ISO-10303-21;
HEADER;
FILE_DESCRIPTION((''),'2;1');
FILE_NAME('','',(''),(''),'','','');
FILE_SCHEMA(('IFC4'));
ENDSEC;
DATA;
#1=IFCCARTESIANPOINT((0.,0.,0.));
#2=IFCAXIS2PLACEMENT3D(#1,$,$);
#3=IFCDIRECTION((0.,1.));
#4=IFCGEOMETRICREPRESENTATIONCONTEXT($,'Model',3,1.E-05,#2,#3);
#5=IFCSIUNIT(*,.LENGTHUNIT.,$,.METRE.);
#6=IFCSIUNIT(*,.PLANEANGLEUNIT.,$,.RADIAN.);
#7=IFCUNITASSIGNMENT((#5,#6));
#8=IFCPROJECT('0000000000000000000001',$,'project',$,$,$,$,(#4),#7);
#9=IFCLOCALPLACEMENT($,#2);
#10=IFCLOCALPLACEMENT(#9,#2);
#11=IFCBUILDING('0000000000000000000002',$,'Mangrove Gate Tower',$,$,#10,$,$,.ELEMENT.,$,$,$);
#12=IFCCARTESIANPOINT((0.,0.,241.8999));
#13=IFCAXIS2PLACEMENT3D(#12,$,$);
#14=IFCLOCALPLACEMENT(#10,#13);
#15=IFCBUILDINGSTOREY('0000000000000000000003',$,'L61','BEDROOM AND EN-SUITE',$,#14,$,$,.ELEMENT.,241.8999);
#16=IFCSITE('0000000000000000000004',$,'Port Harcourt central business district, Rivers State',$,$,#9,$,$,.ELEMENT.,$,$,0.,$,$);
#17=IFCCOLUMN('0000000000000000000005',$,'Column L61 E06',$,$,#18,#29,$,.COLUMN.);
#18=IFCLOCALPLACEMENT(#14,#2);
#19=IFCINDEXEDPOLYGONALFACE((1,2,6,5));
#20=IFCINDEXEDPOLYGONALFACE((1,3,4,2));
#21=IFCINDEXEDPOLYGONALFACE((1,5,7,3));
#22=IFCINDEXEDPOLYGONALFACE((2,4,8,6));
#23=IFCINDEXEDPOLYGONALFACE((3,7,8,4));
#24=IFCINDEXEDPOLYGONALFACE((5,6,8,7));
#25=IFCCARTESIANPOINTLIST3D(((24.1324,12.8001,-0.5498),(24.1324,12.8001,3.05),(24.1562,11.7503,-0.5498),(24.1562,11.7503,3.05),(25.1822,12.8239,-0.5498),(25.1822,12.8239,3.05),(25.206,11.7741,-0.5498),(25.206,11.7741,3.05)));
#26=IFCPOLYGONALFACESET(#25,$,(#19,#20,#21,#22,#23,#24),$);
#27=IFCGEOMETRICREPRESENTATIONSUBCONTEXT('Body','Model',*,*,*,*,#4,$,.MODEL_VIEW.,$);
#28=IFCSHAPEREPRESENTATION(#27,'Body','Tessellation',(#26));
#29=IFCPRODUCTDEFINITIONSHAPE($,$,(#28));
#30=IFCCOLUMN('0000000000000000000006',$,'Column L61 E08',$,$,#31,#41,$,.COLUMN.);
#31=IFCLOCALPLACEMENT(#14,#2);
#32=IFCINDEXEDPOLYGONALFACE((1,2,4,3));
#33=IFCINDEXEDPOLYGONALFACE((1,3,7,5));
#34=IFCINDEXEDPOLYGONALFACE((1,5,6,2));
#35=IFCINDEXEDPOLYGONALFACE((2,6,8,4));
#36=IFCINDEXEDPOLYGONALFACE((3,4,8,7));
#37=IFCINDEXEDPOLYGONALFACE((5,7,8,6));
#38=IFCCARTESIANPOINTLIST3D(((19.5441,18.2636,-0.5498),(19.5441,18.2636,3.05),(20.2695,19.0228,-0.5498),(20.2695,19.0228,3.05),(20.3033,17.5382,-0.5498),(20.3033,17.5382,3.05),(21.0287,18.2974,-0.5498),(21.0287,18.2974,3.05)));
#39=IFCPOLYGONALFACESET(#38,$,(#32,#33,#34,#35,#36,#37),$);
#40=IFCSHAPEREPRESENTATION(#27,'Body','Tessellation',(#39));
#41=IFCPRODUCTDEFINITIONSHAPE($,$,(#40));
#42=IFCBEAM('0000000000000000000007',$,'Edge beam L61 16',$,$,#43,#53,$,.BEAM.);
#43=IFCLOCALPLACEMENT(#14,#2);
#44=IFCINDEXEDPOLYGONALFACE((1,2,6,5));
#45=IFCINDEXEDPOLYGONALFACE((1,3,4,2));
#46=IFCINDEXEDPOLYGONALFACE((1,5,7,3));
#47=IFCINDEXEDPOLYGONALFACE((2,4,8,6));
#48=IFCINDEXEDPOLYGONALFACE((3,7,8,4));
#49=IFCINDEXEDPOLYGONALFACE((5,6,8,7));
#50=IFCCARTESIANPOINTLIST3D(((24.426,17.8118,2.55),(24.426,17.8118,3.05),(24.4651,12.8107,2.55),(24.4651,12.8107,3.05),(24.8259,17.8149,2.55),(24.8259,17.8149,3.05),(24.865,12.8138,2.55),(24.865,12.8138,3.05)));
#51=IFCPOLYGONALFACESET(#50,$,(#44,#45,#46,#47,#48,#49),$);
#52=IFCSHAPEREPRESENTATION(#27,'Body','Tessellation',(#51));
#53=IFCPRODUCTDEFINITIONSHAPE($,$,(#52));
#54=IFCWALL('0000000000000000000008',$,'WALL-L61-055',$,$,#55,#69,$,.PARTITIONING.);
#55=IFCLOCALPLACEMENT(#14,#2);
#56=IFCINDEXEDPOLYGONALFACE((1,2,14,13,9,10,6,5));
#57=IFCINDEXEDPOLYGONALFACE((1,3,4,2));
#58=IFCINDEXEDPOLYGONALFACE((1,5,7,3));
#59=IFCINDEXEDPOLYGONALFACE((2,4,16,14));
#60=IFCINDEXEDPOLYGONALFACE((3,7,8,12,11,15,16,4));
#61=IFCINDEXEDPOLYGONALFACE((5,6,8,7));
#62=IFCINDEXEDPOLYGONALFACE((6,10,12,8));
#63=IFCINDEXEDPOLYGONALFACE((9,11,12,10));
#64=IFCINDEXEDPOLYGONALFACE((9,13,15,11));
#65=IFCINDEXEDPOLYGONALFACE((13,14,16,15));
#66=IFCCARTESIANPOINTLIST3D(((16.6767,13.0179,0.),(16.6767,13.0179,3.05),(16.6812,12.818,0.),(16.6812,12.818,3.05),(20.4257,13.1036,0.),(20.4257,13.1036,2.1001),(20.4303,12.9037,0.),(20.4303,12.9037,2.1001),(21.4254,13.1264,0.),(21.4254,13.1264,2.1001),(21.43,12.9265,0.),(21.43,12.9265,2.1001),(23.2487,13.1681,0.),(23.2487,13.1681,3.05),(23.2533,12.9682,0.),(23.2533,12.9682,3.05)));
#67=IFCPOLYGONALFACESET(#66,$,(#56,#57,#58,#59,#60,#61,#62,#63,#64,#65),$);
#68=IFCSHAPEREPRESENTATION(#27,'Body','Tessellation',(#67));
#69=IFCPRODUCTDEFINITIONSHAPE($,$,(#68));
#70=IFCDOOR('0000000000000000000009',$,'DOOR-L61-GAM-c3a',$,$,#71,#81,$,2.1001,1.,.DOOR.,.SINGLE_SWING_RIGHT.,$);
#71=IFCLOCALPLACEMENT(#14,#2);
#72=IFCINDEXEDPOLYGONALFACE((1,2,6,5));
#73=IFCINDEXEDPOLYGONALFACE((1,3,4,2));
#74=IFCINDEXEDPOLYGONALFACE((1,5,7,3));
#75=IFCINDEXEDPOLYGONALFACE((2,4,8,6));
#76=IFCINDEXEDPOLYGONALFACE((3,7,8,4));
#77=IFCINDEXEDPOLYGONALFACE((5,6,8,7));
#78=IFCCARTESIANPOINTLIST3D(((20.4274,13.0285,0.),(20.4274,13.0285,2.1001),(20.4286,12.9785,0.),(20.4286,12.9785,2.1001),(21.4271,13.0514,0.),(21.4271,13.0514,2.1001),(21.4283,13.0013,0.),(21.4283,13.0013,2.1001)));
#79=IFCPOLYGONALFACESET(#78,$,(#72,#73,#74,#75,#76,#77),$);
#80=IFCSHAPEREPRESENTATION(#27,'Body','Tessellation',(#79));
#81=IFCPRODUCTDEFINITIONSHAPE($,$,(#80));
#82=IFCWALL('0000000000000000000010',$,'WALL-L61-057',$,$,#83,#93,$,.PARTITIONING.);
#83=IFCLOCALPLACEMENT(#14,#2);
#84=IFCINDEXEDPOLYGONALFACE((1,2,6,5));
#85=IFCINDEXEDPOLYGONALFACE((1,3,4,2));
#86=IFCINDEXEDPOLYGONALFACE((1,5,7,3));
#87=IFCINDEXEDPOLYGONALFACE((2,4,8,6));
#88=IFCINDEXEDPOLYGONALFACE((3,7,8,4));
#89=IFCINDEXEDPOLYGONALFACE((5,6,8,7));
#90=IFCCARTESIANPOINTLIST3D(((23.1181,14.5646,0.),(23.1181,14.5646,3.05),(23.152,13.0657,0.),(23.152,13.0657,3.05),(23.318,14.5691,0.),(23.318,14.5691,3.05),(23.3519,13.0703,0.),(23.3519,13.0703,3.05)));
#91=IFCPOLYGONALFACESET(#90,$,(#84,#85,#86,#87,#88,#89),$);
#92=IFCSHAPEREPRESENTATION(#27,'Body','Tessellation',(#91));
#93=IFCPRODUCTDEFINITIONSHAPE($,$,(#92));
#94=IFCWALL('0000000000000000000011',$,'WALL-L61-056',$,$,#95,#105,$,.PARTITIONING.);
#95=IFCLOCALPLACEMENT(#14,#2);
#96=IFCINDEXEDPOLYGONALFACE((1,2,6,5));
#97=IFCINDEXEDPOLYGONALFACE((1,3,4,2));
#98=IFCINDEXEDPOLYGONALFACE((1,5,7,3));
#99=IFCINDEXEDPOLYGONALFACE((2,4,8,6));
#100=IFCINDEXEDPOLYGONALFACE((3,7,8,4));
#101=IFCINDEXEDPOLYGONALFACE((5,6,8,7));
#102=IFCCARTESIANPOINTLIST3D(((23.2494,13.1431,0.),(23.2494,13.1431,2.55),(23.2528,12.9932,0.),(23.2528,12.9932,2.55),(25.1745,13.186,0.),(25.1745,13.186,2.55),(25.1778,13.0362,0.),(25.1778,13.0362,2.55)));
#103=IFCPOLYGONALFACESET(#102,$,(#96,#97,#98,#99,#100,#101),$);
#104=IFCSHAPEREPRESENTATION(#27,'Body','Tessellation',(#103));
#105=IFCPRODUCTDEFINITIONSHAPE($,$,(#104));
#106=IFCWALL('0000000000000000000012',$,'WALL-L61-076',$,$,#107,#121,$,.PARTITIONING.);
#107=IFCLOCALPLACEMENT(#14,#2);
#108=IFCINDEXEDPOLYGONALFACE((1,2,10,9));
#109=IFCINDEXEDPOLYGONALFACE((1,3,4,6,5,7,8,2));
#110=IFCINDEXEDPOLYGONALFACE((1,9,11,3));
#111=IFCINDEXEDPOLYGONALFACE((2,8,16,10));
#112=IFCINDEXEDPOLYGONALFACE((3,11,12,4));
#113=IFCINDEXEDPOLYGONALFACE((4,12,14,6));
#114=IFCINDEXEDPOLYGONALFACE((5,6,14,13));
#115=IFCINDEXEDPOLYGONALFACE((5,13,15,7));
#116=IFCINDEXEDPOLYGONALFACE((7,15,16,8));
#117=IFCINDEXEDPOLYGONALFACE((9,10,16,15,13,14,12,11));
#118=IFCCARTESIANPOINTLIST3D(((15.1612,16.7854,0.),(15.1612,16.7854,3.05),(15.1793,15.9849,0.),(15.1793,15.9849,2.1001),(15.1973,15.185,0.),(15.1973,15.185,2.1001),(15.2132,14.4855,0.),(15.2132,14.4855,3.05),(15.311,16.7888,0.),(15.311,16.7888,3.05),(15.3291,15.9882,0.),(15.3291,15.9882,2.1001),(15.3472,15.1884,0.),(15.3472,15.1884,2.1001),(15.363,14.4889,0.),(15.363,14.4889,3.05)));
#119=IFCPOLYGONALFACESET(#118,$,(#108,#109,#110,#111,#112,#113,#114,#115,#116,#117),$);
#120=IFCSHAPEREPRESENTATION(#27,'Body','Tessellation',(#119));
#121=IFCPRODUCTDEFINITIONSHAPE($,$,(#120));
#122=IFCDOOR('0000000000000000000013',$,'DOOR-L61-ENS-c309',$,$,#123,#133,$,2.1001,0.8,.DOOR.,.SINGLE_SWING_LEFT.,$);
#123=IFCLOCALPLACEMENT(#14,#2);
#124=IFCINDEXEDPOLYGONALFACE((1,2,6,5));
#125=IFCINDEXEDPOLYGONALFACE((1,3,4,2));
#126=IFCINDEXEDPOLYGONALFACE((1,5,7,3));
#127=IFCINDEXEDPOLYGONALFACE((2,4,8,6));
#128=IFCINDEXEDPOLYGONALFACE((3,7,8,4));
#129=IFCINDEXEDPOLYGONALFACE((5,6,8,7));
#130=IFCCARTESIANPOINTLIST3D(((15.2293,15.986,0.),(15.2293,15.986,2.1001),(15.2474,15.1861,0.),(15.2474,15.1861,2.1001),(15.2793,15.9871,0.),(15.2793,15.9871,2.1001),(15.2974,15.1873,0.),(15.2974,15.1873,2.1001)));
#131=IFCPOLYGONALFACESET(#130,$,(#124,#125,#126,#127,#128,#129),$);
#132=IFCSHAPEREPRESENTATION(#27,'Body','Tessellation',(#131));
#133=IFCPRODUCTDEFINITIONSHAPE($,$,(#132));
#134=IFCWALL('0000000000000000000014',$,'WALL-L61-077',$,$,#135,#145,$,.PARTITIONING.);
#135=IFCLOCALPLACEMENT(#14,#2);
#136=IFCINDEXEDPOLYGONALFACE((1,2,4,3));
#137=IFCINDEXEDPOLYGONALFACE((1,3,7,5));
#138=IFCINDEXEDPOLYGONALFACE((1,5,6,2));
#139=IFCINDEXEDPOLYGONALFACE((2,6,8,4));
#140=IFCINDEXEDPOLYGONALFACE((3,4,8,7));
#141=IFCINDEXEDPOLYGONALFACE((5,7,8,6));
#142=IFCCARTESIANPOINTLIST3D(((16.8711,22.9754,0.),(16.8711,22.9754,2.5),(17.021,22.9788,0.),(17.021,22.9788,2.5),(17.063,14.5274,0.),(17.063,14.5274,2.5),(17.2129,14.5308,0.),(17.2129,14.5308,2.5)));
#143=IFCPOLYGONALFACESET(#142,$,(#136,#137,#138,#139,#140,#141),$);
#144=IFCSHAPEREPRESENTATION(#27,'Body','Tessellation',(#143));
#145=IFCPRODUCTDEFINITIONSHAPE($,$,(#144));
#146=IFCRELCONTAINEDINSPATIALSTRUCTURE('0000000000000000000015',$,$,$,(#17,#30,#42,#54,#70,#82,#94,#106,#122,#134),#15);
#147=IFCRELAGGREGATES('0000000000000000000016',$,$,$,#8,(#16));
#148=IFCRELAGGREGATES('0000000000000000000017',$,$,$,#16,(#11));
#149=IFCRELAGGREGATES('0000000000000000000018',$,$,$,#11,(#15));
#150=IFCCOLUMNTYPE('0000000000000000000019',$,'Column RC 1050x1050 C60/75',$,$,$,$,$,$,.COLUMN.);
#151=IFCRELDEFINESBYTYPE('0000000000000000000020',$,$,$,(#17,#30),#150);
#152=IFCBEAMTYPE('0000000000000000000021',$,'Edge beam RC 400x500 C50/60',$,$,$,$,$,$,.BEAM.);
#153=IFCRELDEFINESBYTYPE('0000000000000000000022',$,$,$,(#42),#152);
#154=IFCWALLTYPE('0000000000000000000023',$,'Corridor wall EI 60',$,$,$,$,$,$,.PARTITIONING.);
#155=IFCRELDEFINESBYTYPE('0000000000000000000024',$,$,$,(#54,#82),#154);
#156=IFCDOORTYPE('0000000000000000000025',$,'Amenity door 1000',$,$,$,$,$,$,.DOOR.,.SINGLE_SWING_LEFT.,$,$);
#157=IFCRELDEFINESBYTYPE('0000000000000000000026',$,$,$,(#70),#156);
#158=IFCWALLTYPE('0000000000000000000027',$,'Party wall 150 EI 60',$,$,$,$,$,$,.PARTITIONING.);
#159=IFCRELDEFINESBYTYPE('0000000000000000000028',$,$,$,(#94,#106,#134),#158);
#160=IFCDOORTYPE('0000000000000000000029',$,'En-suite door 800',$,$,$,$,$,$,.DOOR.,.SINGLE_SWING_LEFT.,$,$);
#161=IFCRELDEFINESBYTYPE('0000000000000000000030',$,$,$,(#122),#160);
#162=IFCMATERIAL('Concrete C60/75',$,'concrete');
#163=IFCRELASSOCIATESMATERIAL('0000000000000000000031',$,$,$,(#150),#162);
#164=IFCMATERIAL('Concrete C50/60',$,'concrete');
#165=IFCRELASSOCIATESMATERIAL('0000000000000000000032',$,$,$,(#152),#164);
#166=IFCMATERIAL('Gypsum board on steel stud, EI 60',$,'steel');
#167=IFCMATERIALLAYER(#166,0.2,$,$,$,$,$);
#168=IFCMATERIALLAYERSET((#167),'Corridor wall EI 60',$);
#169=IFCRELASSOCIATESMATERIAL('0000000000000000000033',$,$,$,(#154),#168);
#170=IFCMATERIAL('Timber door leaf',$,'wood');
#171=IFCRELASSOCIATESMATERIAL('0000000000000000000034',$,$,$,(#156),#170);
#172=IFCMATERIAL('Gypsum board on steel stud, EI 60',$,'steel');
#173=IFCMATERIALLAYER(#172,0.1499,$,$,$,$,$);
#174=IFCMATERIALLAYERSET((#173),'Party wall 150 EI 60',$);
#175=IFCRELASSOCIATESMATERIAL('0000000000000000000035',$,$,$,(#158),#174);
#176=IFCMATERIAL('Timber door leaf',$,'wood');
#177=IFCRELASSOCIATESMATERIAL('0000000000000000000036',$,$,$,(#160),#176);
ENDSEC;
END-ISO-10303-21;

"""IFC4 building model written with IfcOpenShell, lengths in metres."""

from ifc_helpers import new_model, si_unit, direction, frame, frame_2d, origin, origin_2d, place, context, subcontext, project, spatial, rectangle, extrude, material, layer, layer_set, material_profile, profile_set, type_object, element, fill, save


model = new_model("IFC4")

# Units and contexts
model_context = context("Model", 3, precision=1e-05, world=origin(), true_north=direction((0.0, 1.0)))
body_context = subcontext(model_context, "Body", "Model", "MODEL_VIEW")
ifc_project = project(units=[si_unit("LENGTHUNIT", "METRE"), si_unit("PLANEANGLEUNIT", "RADIAN")], contexts=[model_context])

# Site, building, storey
site_placement = place(None, origin())
site = spatial("IfcSite", under=ifc_project, at=site_placement, Name="Port Harcourt central business district, Rivers State", CompositionType="ELEMENT", RefElevation=0.0)
building_placement = place(site_placement, origin())
building = spatial("IfcBuilding", under=site, at=building_placement, Name="Mangrove Gate Tower", CompositionType="ELEMENT")
storey_placement = place(building_placement, frame((0.0, 0.0, 241.8999)))
storey = spatial("IfcBuildingStorey", under=building, at=storey_placement, Name="L61", Description="BEDROOM AND EN-SUITE", CompositionType="ELEMENT", Elevation=241.8999)

# Columns
ifc_material_1 = material(Name="Concrete C60/75", Category="concrete")
ifc_material_profile_1 = material_profile(ifc_material_1, rectangle(XDim=1.05, YDim=1.05, at=origin_2d()))
ifc_profile_set_1 = profile_set([ifc_material_profile_1], Name="Concrete C60/75")
column_type = type_object("IfcColumnType", Name="Column RC 1050x1050 C60/75", PredefinedType="COLUMN", material=ifc_profile_set_1)
for number, where, z_axis, x_axis, name in (
    (1, (24.6692, 12.2871, -0.5498), (0.0, 0.0, 1.0), (-0.022669, 0.999743, 0.0), "Column L61 E06"),
    (2, (20.2864, 18.2805, -0.5498), (0.0, 0.0, 1.0), (-0.722994, 0.690854, 0.0), "Column L61 E08"),
):
    element("IfcColumn", number, at=place(storey_placement, frame(where, z_axis=z_axis, x_axis=x_axis)), inside=storey, type_object=column_type, Name=name, PredefinedType="COLUMN", context=body_context, shape_type="SweptSolid", body=[
        extrude(rectangle(XDim=1.05, YDim=1.05, at=origin_2d()), origin(), (0.0, 0.0, 1.0), 3.5999),
    ])

# Beam
ifc_material_2 = material(Name="Concrete C50/60", Category="concrete")
ifc_material_profile_2 = material_profile(ifc_material_2, rectangle(XDim=0.3999, YDim=0.5, at=origin_2d()))
ifc_profile_set_2 = profile_set([ifc_material_profile_2], Name="Concrete C50/60")
beam_type = type_object("IfcBeamType", Name="Edge beam RC 400x500 C50/60", PredefinedType="BEAM", material=ifc_profile_set_2)
beam_placement = place(storey_placement, frame((24.665, 12.8123, 2.8), z_axis=(-0.007811, 0.999969, 0.0), x_axis=(-0.999969, -0.007811, 0.0)))
element("IfcBeam", 3, at=beam_placement, inside=storey, type_object=beam_type, Name="Edge beam L61 16", PredefinedType="BEAM", context=body_context, shape_type="SweptSolid", body=[
    extrude(rectangle(XDim=0.3999, YDim=0.5, at=origin_2d()), origin(), (0.0, 0.0, 1.0), 5.0012),
])

# Wall, opening, door
ifc_material_3 = material(Name="Gypsum board on steel stud, EI 60", Category="steel")
ifc_layer_1 = layer(ifc_material_3, 0.2)
ifc_layer_set_1 = layer_set([ifc_layer_1], Name="Corridor wall EI 60")
wall_type_1 = type_object("IfcWallType", Name="Corridor wall EI 60", PredefinedType="PARTITIONING", material=ifc_layer_set_1)
wall_1_placement = place(storey_placement, frame((16.679, 12.918, 0.0), z_axis=(0.0, 0.0, 1.0), x_axis=(0.999739, 0.02284, 0.0)))
wall_1 = element("IfcWall", 4, at=wall_1_placement, inside=storey, type_object=wall_type_1, Name="WALL-L61-055", PredefinedType="PARTITIONING", context=body_context, shape_type="SweptSolid", body=[
    extrude(rectangle(XDim=6.5737, YDim=0.2, at=frame_2d((3.2869, 0.0))), origin(), (0.0, 0.0, 1.0), 3.05),
])
opening_1_placement = place(wall_1_placement, frame((3.75, 0.0, 0.0)))
opening_1 = element("IfcOpeningElement", 5, at=opening_1_placement, cuts=wall_1, PredefinedType="OPENING", context=body_context, shape_type="SweptSolid", body=[
    extrude(rectangle(XDim=1.0, YDim=2.1001, at=frame_2d((0.5, 1.05))), frame((0.0, 0.1099, 0.0), z_axis=(0.0, -1.0, 0.0), x_axis=(1.0, 0.0, 0.0)), (0.0, 0.0, 1.0), 0.22),
])
ifc_material_4 = material(Name="Timber door leaf", Category="wood")
door_type_1 = type_object("IfcDoorType", Name="Amenity door 1000", OperationType="SINGLE_SWING_LEFT", PredefinedType="DOOR", material=ifc_material_4)
door_1_placement = place(opening_1_placement, origin())
door_1 = element("IfcDoor", 6, at=door_1_placement, inside=storey, type_object=door_type_1, Name="DOOR-L61-GAM-c3a", OperationType="SINGLE_SWING_RIGHT", OverallHeight=2.1001, OverallWidth=1.0, PredefinedType="DOOR", context=body_context, shape_type="SweptSolid", body=[
    extrude(rectangle(XDim=1.0, YDim=2.1001, at=frame_2d((0.5, 1.05))), frame((0.0, 0.0249, 0.0), z_axis=(0.0, -1.0, 0.0), x_axis=(1.0, 0.0, 0.0)), (0.0, 0.0, 1.0), 0.05),
])
fill(opening_1, door_1)

# Walls
wall_2_placement = place(storey_placement, frame((23.252, 13.0681, 0.0), z_axis=(0.0, 0.0, 1.0), x_axis=(-0.022636, 0.999744, 0.0)))
element("IfcWall", 7, at=wall_2_placement, inside=storey, type_object=wall_type_1, Name="WALL-L61-057", PredefinedType="PARTITIONING", context=body_context, shape_type="SweptSolid", body=[
    extrude(rectangle(XDim=1.4993, YDim=0.2, at=frame_2d((0.7495, 0.0))), origin(), (0.0, 0.0, 1.0), 3.05),
])
ifc_material_5 = material(Name="Gypsum board on steel stud, EI 60", Category="steel")
ifc_layer_2 = layer(ifc_material_5, 0.1499)
ifc_layer_set_2 = layer_set([ifc_layer_2], Name="Party wall 150 EI 60")
wall_type_2 = type_object("IfcWallType", Name="Party wall 150 EI 60", PredefinedType="PARTITIONING", material=ifc_layer_set_2)
wall_3_placement = place(storey_placement, frame((23.251, 13.0681, 0.0), z_axis=(0.0, 0.0, 1.0), x_axis=(0.999751, 0.022315, 0.0)))
element("IfcWall", 8, at=wall_3_placement, inside=storey, type_object=wall_type_2, Name="WALL-L61-056", PredefinedType="PARTITIONING", context=body_context, shape_type="SweptSolid", body=[
    extrude(rectangle(XDim=1.9255, YDim=0.1499, at=frame_2d((0.9629, 0.0))), origin(), (0.0, 0.0, 1.0), 2.55),
])

# Wall, opening, door
wall_4_placement = place(storey_placement, frame((15.2881, 14.4871, 0.0), z_axis=(0.0, 0.0, 1.0), x_axis=(-0.022603, 0.999745, 0.0)))
wall_4 = element("IfcWall", 9, at=wall_4_placement, inside=storey, type_object=wall_type_2, Name="WALL-L61-076", PredefinedType="PARTITIONING", context=body_context, shape_type="SweptSolid", body=[
    extrude(rectangle(XDim=2.3005, YDim=0.1499, at=frame_2d((1.1504, 0.0))), origin(), (0.0, 0.0, 1.0), 3.05),
])
opening_2_placement = place(wall_4_placement, frame((0.7, 0.0, 0.0)))
opening_2 = element("IfcOpeningElement", 10, at=opening_2_placement, cuts=wall_4, PredefinedType="OPENING", context=body_context, shape_type="SweptSolid", body=[
    extrude(rectangle(XDim=0.8, YDim=2.1001, at=frame_2d((0.3999, 1.05))), frame((0.0, 0.085, 0.0), z_axis=(0.0, -1.0, 0.0), x_axis=(1.0, 0.0, 0.0)), (0.0, 0.0, 1.0), 0.1699),
])
ifc_material_6 = material(Name="Timber door leaf", Category="wood")
door_type_2 = type_object("IfcDoorType", Name="En-suite door 800", OperationType="SINGLE_SWING_LEFT", PredefinedType="DOOR", material=ifc_material_6)
door_2_placement = place(opening_2_placement, origin())
door_2 = element("IfcDoor", 11, at=door_2_placement, inside=storey, type_object=door_type_2, Name="DOOR-L61-ENS-c309", OperationType="SINGLE_SWING_LEFT", OverallHeight=2.1001, OverallWidth=0.8, PredefinedType="DOOR", context=body_context, shape_type="SweptSolid", body=[
    extrude(rectangle(XDim=0.8, YDim=2.1001, at=frame_2d((0.3999, 1.05))), frame((0.0, 0.0249, 0.0), z_axis=(0.0, -1.0, 0.0), x_axis=(1.0, 0.0, 0.0)), (0.0, 0.0, 1.0), 0.05),
])
fill(opening_2, door_2)

# Wall
wall_5_placement = place(storey_placement, frame((17.1379, 14.5291, 0.0), z_axis=(0.0, 0.0, 1.0), x_axis=(-0.022709, 0.999742, 0.0)))
element("IfcWall", 12, at=wall_5_placement, inside=storey, type_object=wall_type_2, Name="WALL-L61-077", PredefinedType="PARTITIONING", context=body_context, shape_type="SweptSolid", body=[
    extrude(rectangle(XDim=8.4502, YDim=0.1499, at=frame_2d((4.2251, 0.0))), origin(), (0.0, 0.0, 1.0), 2.5),
])

save(model, "model.ifc")
